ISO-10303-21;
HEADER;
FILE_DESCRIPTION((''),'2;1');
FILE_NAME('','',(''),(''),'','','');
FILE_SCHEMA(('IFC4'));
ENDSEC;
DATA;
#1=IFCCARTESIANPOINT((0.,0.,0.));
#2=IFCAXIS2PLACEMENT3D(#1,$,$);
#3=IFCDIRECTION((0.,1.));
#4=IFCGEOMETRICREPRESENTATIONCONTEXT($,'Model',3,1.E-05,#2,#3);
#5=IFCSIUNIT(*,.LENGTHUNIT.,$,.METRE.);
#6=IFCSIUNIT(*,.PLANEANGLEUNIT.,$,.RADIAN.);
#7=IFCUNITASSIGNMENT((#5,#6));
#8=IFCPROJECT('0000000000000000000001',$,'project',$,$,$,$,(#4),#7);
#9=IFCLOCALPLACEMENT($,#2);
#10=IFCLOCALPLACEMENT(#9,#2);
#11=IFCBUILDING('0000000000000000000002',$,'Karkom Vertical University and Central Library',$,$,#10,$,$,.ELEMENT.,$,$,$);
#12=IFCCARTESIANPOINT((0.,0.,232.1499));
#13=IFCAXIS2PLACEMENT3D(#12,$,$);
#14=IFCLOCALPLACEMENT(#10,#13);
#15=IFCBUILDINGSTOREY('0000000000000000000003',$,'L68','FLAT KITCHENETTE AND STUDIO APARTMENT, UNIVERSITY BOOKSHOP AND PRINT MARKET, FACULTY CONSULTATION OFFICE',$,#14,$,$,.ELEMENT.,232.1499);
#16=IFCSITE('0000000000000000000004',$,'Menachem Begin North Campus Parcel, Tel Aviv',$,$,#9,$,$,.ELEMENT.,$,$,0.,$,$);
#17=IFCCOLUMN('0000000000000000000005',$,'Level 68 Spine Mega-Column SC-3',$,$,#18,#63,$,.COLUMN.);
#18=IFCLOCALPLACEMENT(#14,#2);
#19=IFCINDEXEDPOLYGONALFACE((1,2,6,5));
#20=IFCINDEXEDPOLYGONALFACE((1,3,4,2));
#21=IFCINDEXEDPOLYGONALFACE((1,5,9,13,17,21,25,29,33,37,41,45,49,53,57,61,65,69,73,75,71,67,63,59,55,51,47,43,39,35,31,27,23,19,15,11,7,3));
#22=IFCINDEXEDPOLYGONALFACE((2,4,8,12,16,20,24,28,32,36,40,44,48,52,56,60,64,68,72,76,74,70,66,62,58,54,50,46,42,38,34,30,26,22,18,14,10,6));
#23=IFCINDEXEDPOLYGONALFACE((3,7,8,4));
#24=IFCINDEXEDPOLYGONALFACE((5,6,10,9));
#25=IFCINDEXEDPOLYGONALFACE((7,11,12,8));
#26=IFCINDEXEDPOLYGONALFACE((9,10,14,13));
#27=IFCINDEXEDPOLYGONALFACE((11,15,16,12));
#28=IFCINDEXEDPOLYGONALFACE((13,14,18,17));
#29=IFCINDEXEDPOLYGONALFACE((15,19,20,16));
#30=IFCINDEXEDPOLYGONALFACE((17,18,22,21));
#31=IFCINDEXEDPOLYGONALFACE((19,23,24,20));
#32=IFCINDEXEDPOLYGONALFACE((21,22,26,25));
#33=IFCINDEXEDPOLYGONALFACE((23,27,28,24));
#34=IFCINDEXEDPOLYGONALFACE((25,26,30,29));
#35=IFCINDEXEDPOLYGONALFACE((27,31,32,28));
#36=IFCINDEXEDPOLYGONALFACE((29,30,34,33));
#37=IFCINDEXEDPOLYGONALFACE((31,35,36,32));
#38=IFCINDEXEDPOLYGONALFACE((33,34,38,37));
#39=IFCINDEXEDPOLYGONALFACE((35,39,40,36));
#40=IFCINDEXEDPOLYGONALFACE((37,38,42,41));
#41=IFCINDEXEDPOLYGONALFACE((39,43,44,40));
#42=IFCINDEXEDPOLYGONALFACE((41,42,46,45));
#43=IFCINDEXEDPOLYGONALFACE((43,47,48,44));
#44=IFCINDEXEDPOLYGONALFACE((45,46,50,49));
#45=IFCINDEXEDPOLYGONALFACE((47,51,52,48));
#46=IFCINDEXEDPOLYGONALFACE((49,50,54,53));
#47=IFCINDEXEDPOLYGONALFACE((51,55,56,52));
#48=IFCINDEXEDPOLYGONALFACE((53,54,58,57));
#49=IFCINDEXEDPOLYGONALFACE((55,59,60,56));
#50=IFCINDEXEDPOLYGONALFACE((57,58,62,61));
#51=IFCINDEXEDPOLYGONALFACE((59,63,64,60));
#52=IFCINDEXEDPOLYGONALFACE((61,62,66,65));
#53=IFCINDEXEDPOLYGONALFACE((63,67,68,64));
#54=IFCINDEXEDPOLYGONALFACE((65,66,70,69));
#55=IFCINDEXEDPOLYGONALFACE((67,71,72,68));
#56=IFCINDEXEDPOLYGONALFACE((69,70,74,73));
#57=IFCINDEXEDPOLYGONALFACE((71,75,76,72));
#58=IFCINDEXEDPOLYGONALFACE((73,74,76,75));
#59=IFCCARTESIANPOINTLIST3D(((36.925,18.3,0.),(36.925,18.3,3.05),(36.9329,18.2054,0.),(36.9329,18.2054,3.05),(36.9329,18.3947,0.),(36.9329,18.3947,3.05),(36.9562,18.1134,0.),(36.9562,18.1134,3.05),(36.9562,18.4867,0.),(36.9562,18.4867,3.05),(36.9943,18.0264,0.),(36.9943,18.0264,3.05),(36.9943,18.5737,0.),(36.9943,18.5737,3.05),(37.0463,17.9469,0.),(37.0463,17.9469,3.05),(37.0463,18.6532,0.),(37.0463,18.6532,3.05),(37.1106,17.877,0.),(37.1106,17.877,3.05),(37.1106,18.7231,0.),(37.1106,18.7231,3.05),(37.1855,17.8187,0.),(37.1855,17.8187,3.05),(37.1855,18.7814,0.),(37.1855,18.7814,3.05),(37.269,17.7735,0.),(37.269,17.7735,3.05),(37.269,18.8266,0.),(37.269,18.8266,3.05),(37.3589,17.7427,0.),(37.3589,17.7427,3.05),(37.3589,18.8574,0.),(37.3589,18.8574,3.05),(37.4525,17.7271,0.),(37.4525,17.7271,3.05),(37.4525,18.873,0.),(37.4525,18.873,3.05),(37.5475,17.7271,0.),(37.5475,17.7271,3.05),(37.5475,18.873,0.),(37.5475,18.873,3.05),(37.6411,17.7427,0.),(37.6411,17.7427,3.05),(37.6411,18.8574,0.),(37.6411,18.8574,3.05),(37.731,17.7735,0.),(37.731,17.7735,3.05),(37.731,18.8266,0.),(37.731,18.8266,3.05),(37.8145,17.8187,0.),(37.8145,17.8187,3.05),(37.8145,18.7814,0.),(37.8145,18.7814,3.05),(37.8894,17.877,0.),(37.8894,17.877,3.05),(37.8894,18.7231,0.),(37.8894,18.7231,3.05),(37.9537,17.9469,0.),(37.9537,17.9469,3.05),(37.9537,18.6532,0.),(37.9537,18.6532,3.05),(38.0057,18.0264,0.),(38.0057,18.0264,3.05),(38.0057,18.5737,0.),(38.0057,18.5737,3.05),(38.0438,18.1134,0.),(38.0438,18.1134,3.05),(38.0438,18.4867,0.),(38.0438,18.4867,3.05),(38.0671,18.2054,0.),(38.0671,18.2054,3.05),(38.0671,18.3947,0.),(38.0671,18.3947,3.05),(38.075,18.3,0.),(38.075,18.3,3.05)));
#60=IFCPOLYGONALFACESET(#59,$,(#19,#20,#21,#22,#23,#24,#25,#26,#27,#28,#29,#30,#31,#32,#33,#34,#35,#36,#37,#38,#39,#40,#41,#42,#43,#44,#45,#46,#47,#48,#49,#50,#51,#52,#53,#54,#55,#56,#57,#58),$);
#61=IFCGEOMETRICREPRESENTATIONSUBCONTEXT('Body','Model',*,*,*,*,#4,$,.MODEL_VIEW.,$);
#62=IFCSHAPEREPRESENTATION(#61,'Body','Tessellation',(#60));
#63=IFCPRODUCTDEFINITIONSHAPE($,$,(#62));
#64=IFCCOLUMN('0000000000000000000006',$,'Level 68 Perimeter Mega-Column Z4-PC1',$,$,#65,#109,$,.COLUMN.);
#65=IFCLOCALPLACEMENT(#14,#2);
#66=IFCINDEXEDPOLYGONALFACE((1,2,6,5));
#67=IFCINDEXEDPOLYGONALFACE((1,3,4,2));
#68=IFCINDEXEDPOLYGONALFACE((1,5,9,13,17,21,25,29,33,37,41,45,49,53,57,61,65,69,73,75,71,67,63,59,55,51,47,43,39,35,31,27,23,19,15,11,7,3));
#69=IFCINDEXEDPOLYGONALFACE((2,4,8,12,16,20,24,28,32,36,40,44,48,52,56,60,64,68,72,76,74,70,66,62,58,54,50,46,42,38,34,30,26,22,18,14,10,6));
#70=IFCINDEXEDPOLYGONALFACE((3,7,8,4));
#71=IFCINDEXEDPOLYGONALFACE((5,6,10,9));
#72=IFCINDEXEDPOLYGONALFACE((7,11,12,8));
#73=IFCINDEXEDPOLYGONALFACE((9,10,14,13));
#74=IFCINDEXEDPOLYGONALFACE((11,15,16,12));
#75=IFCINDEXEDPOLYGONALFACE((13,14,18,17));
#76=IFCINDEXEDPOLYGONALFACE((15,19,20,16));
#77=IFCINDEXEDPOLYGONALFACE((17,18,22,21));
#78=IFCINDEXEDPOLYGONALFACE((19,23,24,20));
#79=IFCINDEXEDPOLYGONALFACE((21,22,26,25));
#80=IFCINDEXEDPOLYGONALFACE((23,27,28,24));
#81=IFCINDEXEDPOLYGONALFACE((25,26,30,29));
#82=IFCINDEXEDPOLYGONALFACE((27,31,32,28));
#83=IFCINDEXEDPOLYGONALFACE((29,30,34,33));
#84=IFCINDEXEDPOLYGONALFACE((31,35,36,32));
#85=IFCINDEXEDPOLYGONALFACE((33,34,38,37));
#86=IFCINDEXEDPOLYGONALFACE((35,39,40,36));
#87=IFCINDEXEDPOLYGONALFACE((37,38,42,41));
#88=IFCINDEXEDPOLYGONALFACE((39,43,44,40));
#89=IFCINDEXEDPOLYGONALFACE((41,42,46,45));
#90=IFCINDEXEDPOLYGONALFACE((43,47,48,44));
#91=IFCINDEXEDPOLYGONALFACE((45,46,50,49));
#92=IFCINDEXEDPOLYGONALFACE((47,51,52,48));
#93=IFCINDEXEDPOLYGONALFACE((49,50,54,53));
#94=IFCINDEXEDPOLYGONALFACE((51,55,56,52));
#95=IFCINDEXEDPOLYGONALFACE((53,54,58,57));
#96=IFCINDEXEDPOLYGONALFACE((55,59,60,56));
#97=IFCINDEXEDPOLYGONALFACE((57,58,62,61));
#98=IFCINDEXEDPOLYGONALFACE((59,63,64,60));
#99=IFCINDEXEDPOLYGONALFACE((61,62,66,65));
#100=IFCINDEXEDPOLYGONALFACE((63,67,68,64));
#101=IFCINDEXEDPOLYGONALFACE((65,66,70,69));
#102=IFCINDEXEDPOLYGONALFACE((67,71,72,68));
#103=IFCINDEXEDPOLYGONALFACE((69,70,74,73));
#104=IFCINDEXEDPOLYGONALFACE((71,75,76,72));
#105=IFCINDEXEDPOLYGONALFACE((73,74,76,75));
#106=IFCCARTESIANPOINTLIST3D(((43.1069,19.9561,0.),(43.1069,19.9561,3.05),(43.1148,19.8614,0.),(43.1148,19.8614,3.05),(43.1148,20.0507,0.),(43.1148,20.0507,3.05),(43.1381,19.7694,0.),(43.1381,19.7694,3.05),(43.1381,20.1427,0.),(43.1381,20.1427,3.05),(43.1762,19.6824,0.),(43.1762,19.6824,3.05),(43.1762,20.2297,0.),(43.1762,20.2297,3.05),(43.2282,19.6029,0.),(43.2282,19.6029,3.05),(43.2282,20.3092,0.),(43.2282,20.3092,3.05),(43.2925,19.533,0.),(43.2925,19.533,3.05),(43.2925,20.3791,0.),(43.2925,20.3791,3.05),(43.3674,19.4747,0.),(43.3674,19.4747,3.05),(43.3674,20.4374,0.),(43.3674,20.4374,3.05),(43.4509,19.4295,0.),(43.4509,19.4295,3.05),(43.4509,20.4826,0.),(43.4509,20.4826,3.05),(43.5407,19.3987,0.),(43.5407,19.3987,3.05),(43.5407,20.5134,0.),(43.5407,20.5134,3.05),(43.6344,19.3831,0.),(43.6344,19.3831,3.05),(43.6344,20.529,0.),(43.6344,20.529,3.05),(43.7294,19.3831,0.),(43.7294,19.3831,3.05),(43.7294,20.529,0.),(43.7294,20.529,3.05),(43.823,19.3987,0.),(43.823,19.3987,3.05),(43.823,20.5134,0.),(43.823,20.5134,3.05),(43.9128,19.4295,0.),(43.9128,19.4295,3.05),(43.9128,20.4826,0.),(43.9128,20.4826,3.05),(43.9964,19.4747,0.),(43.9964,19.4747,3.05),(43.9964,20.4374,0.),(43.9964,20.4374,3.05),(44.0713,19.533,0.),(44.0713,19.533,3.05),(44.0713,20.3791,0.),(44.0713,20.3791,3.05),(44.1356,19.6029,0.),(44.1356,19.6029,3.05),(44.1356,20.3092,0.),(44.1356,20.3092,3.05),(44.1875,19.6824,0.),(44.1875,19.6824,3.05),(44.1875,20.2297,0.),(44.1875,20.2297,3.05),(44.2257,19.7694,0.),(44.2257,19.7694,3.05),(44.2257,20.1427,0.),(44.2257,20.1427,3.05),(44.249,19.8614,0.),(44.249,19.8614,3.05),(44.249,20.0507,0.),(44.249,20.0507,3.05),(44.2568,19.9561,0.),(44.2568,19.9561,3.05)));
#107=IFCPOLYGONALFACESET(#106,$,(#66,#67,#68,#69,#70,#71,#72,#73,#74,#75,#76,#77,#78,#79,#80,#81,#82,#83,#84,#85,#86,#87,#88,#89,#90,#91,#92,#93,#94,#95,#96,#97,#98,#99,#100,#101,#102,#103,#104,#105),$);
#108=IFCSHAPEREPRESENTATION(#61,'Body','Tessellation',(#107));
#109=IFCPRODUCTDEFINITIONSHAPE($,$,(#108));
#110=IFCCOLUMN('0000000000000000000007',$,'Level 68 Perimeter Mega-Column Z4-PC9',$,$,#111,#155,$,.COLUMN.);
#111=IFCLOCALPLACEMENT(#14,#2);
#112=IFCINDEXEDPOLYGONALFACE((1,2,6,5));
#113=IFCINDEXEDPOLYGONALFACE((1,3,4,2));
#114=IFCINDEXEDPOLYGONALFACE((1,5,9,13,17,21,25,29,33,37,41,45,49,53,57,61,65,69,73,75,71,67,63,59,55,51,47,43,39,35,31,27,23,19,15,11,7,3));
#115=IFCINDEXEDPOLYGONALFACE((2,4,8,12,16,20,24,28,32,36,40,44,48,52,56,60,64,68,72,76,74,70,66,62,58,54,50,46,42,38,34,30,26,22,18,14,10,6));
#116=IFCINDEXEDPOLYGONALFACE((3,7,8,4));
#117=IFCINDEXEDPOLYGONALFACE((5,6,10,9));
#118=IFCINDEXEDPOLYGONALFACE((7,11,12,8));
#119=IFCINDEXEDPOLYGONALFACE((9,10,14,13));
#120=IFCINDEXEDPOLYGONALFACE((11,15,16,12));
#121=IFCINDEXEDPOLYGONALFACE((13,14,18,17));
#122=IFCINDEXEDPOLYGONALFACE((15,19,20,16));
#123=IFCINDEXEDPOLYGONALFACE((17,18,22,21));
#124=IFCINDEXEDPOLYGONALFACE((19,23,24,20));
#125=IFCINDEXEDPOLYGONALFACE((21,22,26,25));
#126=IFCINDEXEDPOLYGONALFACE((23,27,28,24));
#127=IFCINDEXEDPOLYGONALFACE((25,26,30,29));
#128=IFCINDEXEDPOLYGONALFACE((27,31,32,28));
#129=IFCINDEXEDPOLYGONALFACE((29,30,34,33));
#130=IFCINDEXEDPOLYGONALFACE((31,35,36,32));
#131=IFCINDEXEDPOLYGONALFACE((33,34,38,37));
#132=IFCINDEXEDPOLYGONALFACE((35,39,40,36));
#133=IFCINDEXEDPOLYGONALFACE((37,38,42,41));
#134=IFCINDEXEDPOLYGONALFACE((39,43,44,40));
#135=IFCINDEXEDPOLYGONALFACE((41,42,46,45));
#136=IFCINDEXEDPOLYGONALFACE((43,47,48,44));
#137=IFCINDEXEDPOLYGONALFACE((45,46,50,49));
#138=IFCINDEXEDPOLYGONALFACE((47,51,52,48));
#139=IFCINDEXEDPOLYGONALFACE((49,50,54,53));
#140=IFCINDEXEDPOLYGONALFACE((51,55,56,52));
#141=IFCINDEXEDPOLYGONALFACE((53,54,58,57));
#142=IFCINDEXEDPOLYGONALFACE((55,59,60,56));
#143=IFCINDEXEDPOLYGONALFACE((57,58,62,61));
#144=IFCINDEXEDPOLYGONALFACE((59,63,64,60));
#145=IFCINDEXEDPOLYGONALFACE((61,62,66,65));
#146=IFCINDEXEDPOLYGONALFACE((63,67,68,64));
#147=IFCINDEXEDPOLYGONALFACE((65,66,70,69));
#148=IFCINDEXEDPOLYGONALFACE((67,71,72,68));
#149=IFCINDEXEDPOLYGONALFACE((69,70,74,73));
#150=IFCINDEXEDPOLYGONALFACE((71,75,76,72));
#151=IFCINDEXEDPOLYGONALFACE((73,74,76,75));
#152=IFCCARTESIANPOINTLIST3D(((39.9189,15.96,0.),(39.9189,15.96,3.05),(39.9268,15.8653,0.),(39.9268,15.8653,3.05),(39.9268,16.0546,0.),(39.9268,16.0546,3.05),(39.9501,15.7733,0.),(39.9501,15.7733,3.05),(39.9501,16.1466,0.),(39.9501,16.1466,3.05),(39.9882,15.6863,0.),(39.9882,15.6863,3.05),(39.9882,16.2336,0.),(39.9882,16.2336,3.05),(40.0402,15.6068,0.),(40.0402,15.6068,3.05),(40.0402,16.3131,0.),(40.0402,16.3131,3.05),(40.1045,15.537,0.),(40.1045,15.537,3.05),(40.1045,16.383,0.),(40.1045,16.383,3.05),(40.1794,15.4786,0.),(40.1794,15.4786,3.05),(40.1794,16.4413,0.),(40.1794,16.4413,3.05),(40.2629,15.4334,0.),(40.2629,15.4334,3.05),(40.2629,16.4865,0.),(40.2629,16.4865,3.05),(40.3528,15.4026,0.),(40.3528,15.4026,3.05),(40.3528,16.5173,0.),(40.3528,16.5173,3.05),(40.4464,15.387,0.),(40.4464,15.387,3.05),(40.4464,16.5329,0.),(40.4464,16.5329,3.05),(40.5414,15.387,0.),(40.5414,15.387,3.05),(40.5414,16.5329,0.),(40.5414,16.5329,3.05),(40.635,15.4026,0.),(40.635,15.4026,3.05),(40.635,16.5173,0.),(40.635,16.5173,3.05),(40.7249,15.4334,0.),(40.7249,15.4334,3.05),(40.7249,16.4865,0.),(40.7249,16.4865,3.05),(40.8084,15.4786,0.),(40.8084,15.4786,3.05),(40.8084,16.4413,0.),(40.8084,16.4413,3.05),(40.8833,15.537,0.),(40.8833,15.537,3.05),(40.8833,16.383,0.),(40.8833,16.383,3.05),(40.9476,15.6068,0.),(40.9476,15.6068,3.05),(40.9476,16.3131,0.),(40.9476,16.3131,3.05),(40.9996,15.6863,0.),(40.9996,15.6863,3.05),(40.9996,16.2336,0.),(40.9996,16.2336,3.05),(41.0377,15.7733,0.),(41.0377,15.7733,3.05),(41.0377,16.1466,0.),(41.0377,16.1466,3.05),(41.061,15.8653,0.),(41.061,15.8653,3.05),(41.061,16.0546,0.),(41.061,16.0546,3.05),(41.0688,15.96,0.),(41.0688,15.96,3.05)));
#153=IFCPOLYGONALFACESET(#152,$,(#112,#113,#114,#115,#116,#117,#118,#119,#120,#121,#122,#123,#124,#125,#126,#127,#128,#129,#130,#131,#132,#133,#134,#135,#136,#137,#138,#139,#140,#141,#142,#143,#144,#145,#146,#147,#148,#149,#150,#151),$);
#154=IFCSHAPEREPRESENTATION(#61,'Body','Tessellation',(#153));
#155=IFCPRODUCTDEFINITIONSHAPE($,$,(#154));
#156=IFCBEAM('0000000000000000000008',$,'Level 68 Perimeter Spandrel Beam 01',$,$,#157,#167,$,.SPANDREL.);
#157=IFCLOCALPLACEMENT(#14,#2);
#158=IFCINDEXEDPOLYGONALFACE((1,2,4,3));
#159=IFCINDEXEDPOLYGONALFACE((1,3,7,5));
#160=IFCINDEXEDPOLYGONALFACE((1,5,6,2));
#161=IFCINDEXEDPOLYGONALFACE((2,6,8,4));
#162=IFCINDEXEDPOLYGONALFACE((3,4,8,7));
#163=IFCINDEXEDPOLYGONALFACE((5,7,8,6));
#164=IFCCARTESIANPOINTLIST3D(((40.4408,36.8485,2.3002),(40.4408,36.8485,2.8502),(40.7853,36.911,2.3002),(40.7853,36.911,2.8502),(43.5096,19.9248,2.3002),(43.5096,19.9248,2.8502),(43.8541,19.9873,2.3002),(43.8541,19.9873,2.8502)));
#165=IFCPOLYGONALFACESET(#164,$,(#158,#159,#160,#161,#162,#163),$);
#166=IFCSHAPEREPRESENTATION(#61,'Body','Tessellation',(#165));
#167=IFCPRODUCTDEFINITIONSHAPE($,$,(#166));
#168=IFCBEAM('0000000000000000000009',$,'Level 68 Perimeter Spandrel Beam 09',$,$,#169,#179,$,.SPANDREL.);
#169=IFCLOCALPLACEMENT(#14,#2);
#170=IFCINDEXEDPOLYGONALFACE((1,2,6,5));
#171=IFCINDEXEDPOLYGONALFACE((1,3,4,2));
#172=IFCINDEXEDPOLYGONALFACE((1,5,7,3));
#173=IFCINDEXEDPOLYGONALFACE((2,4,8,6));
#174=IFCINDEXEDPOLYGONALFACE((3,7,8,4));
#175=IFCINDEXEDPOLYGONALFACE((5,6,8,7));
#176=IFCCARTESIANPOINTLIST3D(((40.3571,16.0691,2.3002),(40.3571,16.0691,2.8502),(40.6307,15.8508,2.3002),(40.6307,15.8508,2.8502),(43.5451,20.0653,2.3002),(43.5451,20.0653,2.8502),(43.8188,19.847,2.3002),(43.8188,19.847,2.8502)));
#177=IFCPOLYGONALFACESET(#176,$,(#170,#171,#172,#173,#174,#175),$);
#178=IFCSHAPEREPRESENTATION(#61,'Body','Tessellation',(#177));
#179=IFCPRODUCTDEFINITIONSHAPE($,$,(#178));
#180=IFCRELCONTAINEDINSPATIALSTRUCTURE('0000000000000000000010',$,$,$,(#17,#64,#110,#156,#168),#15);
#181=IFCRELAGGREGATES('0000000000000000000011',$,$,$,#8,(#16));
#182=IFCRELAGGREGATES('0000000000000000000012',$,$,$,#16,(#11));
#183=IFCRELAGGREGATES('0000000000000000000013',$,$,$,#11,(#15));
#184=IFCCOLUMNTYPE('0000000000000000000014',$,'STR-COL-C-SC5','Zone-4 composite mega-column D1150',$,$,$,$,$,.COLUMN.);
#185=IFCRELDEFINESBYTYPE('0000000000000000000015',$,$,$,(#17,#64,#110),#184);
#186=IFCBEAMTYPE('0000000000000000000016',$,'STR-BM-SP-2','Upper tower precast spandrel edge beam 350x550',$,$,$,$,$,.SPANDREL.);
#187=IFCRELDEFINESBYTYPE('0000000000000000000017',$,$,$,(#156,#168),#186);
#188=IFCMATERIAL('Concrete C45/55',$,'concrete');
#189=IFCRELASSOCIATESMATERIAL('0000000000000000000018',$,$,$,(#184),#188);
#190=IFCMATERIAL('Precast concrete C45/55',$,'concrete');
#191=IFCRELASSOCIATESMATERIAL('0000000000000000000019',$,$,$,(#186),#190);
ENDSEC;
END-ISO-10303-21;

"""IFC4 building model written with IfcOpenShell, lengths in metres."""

from ifc_helpers import new_model, si_unit, direction, frame, origin, origin_with_axes, origin_2d, place, context, subcontext, project, spatial, rectangle, circle, extrude, source, transform, mapped, material, material_profile, profile_set, type_object, element, save


model = new_model("IFC4")

# Units and contexts
model_context = context("Model", 3, precision=1e-05, world=origin(), true_north=direction((0.0, 1.0)))
body_context = subcontext(model_context, "Body", "Model", "MODEL_VIEW")
ifc_project = project(units=[si_unit("LENGTHUNIT", "METRE"), si_unit("PLANEANGLEUNIT", "RADIAN")], contexts=[model_context])

# Site, building, storey
site_placement = place(None, origin())
site = spatial("IfcSite", under=ifc_project, at=site_placement, Name="Menachem Begin North Campus Parcel, Tel Aviv", CompositionType="ELEMENT", RefElevation=0.0)
building_placement = place(site_placement, origin())
building = spatial("IfcBuilding", under=site, at=building_placement, Name="Karkom Vertical University and Central Library", CompositionType="ELEMENT")
storey_placement = place(building_placement, frame((0.0, 0.0, 232.1499)))
storey = spatial("IfcBuildingStorey", under=building, at=storey_placement, Name="L68", Description="FLAT KITCHENETTE AND STUDIO APARTMENT, UNIVERSITY BOOKSHOP AND PRINT MARKET, FACULTY CONSULTATION OFFICE", CompositionType="ELEMENT", Elevation=232.1499)

# Columns
ifc_material_1 = material(Name="Concrete C45/55", Category="concrete")
ifc_material_profile_1 = material_profile(ifc_material_1, circle(Radius=0.575, at=origin_2d()), Name="CFT-D1150")
ifc_profile_set_1 = profile_set([ifc_material_profile_1], Name="Concrete C45/55")
column_type = type_object("IfcColumnType", Name="STR-COL-C-SC5", Description="Zone-4 composite mega-column D1150", PredefinedType="COLUMN", material=ifc_profile_set_1)
shared_shape_1 = source(origin_with_axes(), body_context, "Body", "SweptSolid", [
    extrude(circle(Radius=0.575, at=origin_2d()), origin(), (0.0, 0.0, 1.0), 3.05),
])
for number, where, z_axis, x_axis, name in (
    (1, (37.5, 18.3, 0.0), (0.0, 0.0, 1.0), (1.0, 0.0, 0.0), "Level 68 Spine Mega-Column SC-3"),
    (2, (43.6819, 19.9561, 0.0), (0.0, 0.0, 1.0), (1.0, 0.0, 0.0), "Level 68 Perimeter Mega-Column Z4-PC1"),
    (3, (40.4939, 15.96, 0.0), (0.0, 0.0, 1.0), (1.0, 0.0, 0.0), "Level 68 Perimeter Mega-Column Z4-PC9"),
):
    element("IfcColumn", number, at=place(storey_placement, frame(where, z_axis=z_axis, x_axis=x_axis)), inside=storey, type_object=column_type, Name=name, PredefinedType="COLUMN", context=body_context, shape_type="MappedRepresentation", body=[
        mapped(shared_shape_1, transform((0.0, 0.0, 0.0), scale=1.0)),
    ])

# Beams
ifc_material_2 = material(Name="Precast concrete C45/55", Category="concrete")
ifc_material_profile_2 = material_profile(ifc_material_2, rectangle(XDim=0.3501, YDim=0.55, at=origin_2d()), Name="SPB-350x550")
ifc_profile_set_2 = profile_set([ifc_material_profile_2], Name="Precast concrete C45/55")
beam_type_1 = type_object("IfcBeamType", Name="STR-BM-SP-2", Description="Upper tower precast spandrel edge beam 350x550", PredefinedType="SPANDREL", material=ifc_profile_set_2)
shared_shape_2 = source(origin_with_axes(), body_context, "Body", "SweptSolid", [
    extrude(rectangle(XDim=0.3501, YDim=0.55, at=origin_2d()), origin(), (0.0, 0.0, 1.0), 17.1997),
])
beam_1_placement = place(storey_placement, frame((43.6819, 19.9561, 2.5752), z_axis=(-0.178423, 0.983954, 0.0), x_axis=(-0.983954, -0.178423, 0.0)))
element("IfcBeam", 4, at=beam_1_placement, inside=storey, type_object=beam_type_1, Name="Level 68 Perimeter Spandrel Beam 01", PredefinedType="SPANDREL", context=body_context, shape_type="MappedRepresentation", body=[
    mapped(shared_shape_2, transform((0.0, 0.0, 0.0), scale=1.0)),
])
shared_shape_3 = source(origin_with_axes(), body_context, "Body", "SweptSolid", [
    extrude(rectangle(XDim=0.3501, YDim=0.55, at=origin_2d()), origin(), (0.0, 0.0, 1.0), 5.1121),
])
beam_2_placement = place(storey_placement, frame((40.4939, 15.96, 2.5752), z_axis=(0.623634, 0.781716, 0.0), x_axis=(-0.781716, 0.623634, 0.0)))
element("IfcBeam", 5, at=beam_2_placement, inside=storey, type_object=beam_type_1, Name="Level 68 Perimeter Spandrel Beam 09", PredefinedType="SPANDREL", context=body_context, shape_type="MappedRepresentation", body=[
    mapped(shared_shape_3, transform((0.0, 0.0, 0.0), scale=1.0)),
])

save(model, "model.ifc")
